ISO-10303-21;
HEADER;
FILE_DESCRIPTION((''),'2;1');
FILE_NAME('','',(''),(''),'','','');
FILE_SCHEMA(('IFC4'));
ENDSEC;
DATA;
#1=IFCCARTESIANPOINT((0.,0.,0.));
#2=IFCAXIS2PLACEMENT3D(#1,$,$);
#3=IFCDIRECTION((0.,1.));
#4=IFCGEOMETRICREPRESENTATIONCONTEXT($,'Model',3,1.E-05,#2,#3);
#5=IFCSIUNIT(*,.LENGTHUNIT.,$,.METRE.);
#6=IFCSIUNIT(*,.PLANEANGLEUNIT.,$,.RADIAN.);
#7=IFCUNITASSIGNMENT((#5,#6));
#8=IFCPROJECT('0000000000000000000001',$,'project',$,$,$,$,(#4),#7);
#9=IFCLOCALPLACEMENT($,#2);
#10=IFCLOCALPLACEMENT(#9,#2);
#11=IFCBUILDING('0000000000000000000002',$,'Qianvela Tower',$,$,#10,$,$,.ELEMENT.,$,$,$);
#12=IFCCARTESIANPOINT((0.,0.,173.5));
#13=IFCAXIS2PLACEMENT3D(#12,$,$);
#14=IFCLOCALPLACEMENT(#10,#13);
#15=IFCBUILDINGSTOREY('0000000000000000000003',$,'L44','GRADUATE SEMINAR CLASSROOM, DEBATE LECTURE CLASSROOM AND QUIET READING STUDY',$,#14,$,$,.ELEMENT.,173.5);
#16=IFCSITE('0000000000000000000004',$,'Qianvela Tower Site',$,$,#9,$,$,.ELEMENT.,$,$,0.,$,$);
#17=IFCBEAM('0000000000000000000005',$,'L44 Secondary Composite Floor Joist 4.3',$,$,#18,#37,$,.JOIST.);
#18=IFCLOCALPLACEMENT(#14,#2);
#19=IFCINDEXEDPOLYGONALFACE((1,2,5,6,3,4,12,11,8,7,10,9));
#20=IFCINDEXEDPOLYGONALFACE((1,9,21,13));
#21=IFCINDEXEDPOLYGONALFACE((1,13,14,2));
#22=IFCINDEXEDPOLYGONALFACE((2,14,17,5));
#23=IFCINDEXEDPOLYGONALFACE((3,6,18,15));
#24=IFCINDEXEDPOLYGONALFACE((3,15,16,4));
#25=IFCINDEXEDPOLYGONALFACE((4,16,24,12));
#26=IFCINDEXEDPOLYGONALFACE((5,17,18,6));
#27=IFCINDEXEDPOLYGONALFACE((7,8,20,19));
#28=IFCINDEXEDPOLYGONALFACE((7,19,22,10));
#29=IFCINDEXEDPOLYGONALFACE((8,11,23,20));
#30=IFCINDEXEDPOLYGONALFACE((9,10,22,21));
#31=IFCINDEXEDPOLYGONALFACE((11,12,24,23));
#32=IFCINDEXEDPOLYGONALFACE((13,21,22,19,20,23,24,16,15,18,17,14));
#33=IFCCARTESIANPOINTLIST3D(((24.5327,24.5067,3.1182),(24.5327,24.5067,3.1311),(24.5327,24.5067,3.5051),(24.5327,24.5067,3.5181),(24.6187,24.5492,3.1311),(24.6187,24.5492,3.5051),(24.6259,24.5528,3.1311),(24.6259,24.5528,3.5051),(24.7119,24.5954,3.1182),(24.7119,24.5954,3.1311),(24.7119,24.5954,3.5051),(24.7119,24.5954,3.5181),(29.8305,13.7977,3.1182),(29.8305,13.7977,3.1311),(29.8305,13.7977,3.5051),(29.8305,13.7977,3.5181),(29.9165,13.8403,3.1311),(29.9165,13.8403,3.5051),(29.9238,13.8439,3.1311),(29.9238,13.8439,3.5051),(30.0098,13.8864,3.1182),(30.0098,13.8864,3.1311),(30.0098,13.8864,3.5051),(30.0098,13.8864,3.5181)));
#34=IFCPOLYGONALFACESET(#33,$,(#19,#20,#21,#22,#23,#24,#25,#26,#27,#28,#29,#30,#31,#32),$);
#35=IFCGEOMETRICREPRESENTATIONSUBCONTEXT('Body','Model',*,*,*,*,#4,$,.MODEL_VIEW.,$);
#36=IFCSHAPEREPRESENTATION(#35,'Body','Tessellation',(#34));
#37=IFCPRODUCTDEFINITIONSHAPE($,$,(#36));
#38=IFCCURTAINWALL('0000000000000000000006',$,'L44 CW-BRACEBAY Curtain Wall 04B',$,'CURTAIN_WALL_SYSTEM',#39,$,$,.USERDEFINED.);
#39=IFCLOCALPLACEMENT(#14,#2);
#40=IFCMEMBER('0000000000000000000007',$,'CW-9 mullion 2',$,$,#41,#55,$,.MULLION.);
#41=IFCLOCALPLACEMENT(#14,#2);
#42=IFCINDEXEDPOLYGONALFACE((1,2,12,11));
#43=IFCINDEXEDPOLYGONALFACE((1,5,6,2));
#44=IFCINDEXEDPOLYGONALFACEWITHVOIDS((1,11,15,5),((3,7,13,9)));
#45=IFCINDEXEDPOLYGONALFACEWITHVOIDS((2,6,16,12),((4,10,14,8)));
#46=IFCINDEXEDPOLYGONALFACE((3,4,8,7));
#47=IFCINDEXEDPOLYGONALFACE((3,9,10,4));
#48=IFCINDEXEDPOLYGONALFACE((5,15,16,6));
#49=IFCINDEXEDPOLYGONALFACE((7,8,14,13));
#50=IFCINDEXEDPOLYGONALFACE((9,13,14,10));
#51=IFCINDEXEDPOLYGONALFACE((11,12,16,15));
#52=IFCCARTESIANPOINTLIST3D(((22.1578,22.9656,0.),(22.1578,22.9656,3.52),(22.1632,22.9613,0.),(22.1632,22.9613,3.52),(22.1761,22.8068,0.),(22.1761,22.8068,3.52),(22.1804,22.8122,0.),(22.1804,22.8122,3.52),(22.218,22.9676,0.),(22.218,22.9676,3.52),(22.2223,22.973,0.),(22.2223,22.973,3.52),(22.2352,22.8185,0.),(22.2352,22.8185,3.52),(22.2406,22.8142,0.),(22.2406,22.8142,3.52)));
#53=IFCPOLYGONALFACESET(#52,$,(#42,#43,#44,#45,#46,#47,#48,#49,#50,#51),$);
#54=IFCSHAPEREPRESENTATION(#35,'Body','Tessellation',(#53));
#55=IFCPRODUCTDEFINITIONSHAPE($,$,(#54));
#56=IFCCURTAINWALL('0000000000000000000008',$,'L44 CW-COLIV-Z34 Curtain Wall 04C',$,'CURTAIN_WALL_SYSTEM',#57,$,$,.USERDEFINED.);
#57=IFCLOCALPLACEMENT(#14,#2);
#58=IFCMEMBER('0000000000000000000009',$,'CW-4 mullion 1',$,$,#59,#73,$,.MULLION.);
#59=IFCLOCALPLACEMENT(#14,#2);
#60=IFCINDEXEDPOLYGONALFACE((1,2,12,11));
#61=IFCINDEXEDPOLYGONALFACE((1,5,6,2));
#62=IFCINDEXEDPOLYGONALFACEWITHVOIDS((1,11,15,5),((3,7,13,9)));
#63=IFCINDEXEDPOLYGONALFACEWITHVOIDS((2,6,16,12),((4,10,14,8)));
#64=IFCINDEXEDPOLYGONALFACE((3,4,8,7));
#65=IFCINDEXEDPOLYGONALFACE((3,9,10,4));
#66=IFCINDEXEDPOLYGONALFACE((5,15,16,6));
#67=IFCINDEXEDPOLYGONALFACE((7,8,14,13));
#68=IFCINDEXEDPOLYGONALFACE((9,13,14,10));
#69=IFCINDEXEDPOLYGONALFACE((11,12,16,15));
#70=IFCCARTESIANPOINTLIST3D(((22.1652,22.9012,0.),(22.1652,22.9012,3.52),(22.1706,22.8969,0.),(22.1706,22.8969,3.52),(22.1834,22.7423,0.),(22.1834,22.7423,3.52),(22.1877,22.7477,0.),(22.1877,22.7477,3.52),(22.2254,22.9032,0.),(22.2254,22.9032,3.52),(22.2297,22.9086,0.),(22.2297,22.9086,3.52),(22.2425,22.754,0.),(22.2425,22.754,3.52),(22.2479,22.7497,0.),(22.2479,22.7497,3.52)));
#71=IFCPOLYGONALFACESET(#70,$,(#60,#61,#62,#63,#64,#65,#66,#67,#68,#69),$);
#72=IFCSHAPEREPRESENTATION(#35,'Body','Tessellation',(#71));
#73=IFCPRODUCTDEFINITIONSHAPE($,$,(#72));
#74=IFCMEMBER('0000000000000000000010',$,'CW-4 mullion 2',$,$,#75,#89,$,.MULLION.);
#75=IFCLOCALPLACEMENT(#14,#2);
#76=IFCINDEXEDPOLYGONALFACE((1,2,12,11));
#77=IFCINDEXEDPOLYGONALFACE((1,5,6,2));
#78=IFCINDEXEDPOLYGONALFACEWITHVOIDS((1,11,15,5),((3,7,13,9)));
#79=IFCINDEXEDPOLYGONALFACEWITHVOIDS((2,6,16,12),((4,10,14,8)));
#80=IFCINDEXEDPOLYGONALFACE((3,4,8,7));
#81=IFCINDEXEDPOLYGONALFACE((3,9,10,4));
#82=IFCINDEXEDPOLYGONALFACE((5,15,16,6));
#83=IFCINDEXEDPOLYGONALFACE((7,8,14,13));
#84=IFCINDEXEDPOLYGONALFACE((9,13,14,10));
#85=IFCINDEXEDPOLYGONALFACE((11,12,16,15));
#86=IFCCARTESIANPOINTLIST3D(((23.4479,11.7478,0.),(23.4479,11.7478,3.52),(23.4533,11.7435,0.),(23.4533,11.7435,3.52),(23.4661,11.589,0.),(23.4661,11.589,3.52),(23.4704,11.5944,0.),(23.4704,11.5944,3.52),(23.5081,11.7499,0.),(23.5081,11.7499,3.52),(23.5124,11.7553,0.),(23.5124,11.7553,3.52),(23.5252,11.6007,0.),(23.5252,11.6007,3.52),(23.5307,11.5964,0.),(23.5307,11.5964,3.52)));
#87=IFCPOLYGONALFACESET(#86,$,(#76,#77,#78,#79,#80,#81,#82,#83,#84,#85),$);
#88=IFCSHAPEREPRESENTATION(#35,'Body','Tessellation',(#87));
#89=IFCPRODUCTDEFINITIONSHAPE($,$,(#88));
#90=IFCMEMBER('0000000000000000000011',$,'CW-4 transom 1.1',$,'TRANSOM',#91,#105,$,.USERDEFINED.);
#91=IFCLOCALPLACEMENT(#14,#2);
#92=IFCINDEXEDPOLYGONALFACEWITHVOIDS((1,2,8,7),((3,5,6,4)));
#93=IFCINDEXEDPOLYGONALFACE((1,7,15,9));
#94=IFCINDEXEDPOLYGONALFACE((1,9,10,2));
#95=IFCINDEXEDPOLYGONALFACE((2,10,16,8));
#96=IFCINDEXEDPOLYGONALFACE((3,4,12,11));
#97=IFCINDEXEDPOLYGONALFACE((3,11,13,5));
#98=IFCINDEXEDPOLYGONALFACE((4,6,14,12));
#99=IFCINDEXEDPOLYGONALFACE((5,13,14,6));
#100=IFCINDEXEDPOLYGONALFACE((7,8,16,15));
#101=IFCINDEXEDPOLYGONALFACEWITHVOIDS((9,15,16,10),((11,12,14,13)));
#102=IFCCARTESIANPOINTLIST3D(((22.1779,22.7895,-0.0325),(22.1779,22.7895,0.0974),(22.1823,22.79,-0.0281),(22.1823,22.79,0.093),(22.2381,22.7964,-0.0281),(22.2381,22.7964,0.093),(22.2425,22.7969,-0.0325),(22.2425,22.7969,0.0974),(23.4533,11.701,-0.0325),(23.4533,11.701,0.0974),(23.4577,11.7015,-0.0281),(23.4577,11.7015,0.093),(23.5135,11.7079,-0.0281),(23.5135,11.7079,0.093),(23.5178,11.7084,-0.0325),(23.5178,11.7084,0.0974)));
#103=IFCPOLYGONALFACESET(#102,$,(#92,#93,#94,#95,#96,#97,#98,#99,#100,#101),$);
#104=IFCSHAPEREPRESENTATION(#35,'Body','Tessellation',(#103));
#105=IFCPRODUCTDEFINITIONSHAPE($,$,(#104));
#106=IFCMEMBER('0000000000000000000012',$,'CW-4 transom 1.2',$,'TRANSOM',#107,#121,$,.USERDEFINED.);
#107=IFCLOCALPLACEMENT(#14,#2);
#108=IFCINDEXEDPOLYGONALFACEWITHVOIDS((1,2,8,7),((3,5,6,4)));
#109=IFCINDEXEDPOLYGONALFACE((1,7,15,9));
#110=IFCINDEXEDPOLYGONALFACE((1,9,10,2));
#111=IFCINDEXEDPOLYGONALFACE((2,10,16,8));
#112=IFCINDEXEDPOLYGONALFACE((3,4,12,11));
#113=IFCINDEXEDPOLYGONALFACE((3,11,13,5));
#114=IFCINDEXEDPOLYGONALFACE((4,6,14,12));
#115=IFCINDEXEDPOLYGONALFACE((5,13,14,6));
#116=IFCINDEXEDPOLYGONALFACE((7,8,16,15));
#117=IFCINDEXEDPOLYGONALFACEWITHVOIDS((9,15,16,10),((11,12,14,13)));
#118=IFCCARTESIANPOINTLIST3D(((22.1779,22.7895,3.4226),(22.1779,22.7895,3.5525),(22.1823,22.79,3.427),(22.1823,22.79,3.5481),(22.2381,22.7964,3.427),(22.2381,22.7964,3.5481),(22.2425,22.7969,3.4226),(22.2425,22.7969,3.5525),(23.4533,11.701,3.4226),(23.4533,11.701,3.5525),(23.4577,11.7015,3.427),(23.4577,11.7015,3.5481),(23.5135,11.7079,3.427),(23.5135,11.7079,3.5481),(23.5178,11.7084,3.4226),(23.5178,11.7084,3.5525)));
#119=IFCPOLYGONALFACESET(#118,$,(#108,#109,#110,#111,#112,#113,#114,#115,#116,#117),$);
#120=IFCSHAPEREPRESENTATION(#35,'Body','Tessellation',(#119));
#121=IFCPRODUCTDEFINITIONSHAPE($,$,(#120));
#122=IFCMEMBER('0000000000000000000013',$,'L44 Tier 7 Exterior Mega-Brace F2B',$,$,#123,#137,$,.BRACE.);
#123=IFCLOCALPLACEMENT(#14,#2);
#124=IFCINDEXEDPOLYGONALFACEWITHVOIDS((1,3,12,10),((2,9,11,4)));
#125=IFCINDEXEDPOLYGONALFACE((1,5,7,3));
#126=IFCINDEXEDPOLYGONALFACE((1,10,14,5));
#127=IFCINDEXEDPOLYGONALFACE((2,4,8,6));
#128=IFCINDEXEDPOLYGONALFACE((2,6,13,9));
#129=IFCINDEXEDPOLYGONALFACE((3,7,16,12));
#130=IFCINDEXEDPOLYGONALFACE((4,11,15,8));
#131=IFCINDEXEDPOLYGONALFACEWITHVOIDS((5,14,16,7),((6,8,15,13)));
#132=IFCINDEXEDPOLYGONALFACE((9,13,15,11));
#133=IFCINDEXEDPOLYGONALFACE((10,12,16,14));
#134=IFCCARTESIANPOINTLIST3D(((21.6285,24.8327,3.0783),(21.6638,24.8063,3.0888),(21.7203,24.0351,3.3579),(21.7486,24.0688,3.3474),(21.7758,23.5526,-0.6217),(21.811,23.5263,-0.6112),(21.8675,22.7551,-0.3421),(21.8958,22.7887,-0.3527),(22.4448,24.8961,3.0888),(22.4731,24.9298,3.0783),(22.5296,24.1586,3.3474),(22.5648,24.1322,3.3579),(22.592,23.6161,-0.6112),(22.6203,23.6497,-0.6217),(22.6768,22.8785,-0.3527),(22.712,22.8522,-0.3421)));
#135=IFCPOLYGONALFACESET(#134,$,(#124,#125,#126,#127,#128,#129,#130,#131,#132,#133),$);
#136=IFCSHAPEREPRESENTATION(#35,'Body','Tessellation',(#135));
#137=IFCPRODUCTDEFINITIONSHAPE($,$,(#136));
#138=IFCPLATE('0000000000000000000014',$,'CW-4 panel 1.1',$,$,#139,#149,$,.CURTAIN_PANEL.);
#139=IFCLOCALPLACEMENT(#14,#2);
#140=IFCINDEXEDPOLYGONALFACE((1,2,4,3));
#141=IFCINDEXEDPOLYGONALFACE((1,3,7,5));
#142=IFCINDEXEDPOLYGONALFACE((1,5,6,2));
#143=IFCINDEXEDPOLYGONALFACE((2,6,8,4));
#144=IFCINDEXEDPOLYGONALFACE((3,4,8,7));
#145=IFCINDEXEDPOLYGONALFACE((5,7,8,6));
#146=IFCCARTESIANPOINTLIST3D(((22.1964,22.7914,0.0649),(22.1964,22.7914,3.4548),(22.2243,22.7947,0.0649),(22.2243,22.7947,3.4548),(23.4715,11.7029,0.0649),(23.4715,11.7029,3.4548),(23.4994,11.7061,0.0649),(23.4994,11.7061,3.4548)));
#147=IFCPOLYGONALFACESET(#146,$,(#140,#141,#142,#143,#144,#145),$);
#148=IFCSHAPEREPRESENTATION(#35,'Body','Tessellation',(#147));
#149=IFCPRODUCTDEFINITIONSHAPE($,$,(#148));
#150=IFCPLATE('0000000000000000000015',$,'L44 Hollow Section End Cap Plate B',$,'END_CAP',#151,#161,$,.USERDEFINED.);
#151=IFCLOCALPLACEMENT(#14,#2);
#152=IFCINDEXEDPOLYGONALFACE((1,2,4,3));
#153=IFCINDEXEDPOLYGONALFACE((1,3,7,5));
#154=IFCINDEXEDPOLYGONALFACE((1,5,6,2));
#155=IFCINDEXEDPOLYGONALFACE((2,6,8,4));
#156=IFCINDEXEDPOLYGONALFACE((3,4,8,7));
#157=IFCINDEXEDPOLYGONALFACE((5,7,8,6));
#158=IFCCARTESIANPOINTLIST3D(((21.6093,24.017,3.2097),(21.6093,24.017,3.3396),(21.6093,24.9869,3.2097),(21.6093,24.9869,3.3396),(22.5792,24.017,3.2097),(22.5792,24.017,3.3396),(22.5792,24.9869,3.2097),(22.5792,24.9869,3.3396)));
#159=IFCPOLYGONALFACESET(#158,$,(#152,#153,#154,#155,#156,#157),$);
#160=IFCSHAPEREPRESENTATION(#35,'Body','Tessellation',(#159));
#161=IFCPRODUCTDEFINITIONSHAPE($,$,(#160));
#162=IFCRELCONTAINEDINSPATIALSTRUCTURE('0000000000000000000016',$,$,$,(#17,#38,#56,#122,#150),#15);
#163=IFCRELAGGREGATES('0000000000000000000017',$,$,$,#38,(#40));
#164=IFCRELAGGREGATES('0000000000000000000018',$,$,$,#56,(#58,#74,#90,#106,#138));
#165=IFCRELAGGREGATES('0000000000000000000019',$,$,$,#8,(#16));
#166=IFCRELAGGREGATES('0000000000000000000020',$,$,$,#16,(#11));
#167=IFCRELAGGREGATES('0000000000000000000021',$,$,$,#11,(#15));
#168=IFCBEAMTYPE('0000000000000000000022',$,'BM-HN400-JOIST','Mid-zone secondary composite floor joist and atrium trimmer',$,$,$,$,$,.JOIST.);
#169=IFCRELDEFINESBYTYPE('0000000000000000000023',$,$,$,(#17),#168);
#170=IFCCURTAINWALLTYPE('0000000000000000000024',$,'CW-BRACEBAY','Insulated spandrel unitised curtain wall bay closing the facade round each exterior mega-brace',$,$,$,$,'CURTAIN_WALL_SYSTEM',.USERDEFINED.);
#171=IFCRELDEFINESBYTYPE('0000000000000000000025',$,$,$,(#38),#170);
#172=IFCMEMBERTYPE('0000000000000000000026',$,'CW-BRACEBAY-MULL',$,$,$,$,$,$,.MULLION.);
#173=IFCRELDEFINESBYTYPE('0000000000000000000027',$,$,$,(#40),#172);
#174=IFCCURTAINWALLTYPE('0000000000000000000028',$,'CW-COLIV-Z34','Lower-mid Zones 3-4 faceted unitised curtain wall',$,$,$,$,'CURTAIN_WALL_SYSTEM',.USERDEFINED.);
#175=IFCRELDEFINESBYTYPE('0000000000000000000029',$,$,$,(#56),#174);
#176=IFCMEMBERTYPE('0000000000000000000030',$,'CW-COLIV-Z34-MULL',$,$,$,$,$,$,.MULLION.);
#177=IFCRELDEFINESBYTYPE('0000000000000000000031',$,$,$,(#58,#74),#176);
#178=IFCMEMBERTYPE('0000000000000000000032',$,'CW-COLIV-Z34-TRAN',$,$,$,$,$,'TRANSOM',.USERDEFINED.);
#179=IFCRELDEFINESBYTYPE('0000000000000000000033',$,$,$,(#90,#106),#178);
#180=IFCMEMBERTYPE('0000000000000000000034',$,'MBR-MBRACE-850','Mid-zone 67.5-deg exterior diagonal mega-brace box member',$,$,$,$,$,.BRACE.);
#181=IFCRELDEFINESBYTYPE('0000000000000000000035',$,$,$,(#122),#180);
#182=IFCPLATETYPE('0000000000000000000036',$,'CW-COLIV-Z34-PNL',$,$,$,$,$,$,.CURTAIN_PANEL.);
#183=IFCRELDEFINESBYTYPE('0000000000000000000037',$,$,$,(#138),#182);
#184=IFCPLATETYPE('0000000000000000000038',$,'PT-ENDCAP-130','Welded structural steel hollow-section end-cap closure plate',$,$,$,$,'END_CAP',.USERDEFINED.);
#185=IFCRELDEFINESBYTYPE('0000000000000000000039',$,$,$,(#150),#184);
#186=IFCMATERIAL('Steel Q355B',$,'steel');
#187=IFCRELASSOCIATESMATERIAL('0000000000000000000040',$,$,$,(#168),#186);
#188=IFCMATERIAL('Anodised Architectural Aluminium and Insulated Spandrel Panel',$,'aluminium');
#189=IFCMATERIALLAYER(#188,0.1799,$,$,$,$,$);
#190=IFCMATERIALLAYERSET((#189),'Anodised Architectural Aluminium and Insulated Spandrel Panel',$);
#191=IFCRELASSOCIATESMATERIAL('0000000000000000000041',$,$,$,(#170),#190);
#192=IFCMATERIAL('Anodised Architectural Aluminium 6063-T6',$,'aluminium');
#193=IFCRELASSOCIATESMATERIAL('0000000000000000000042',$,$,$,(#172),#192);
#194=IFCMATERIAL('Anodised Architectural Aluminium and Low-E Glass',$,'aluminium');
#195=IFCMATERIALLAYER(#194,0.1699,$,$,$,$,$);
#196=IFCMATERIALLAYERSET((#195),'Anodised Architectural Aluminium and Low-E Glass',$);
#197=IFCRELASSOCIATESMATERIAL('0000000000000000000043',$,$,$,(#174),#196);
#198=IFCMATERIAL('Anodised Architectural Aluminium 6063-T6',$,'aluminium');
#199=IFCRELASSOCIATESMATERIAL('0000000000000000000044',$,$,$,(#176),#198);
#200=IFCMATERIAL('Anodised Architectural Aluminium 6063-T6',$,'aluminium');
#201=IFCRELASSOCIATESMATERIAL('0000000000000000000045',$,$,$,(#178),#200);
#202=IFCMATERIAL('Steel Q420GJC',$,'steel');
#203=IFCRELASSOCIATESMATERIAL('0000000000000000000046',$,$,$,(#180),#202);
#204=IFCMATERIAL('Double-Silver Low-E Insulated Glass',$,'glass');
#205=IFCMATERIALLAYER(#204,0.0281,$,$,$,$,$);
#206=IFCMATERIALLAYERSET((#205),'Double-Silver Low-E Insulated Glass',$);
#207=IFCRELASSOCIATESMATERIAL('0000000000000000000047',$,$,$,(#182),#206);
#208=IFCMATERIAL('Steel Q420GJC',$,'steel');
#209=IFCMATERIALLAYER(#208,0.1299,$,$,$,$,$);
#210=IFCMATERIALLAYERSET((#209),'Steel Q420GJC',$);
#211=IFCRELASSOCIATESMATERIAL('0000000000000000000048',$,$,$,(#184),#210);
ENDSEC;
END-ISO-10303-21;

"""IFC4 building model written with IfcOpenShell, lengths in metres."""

from ifc_helpers import new_model, si_unit, direction, frame, origin, origin_2d, place, context, subcontext, project, spatial, rectangle, hollow_rectangle, i_section, extrude, material, layer, layer_set, material_profile, profile_set, type_object, element, aggregate, save


model = new_model("IFC4")

# Units and contexts
model_context = context("Model", 3, precision=1e-05, world=origin(), true_north=direction((0.0, 1.0)))
body_context = subcontext(model_context, "Body", "Model", "MODEL_VIEW")
ifc_project = project(units=[si_unit("LENGTHUNIT", "METRE"), si_unit("PLANEANGLEUNIT", "RADIAN")], contexts=[model_context])

# Site, building, storey
site_placement = place(None, origin())
site = spatial("IfcSite", under=ifc_project, at=site_placement, Name="Qianvela Tower Site", CompositionType="ELEMENT", RefElevation=0.0)
building_placement = place(site_placement, origin())
building = spatial("IfcBuilding", under=site, at=building_placement, Name="Qianvela Tower", CompositionType="ELEMENT")
storey_placement = place(building_placement, frame((0.0, 0.0, 173.5)))
storey = spatial("IfcBuildingStorey", under=building, at=storey_placement, Name="L44", Description="GRADUATE SEMINAR CLASSROOM, DEBATE LECTURE CLASSROOM AND QUIET READING STUDY", CompositionType="ELEMENT", Elevation=173.5)

# Beam
ifc_material_1 = material(Name="Steel Q355B", Category="steel")
ifc_material_profile_1 = material_profile(ifc_material_1, i_section(OverallWidth=0.2, OverallDepth=0.3999, WebThickness=0.0081, FlangeThickness=0.0129, at=origin_2d()), Name="HN400x200x8x13")
ifc_profile_set_1 = profile_set([ifc_material_profile_1], Name="Steel Q355B")
beam_type = type_object("IfcBeamType", Name="BM-HN400-JOIST", Description="Mid-zone secondary composite floor joist and atrium trimmer", PredefinedType="JOIST", material=ifc_profile_set_1)
beam_placement = place(storey_placement, frame((24.6223, 24.551, 3.3181), z_axis=(0.443417, -0.896315, 0.0), x_axis=(0.896315, 0.443417, 0.0)))
element("IfcBeam", 1, at=beam_placement, inside=storey, type_object=beam_type, Name="L44 Secondary Composite Floor Joist 4.3", PredefinedType="JOIST", context=body_context, shape_type="SweptSolid", body=[
    extrude(i_section(OverallWidth=0.2, OverallDepth=0.3999, WebThickness=0.0081, FlangeThickness=0.0129, at=origin_2d()), origin(), (0.0, 0.0, 1.0), 11.9478),
])

# Curtain wall, member
ifc_material_2 = material(Name="Anodised Architectural Aluminium and Insulated Spandrel Panel", Category="aluminium")
ifc_layer_1 = layer(ifc_material_2, 0.1799)
ifc_layer_set_1 = layer_set([ifc_layer_1], Name="Anodised Architectural Aluminium and Insulated Spandrel Panel")
curtain_wall_type_1 = type_object("IfcCurtainWallType", Name="CW-BRACEBAY", Description="Insulated spandrel unitised curtain wall bay closing the facade round each exterior mega-brace", ElementType="CURTAIN_WALL_SYSTEM", PredefinedType="USERDEFINED", material=ifc_layer_set_1)
curtain_wall_1_placement = place(storey_placement, origin())
curtain_wall_1 = element("IfcCurtainWall", 2, at=curtain_wall_1_placement, inside=storey, type_object=curtain_wall_type_1, Name="L44 CW-BRACEBAY Curtain Wall 04B", ObjectType="CURTAIN_WALL_SYSTEM", PredefinedType="USERDEFINED")
ifc_material_3 = material(Name="Anodised Architectural Aluminium 6063-T6", Category="aluminium")
ifc_material_profile_2 = material_profile(ifc_material_3, hollow_rectangle(XDim=0.0649, YDim=0.1599, WallThickness=0.0049, at=origin_2d()), Name="ALU-MULL-65x160")
ifc_profile_set_2 = profile_set([ifc_material_profile_2], Name="Anodised Architectural Aluminium 6063-T6")
member_type_1 = type_object("IfcMemberType", Name="CW-BRACEBAY-MULL", PredefinedType="MULLION", material=ifc_profile_set_2)
member_1_placement = place(storey_placement, frame((22.1992, 22.8899, 0.0), z_axis=(0.0, 0.0, 1.0), x_axis=(0.993453, 0.114244, 0.0)))
member_1 = element("IfcMember", 3, at=member_1_placement, type_object=member_type_1, Name="CW-9 mullion 2", PredefinedType="MULLION", context=body_context, shape_type="SweptSolid", body=[
    extrude(hollow_rectangle(XDim=0.0649, YDim=0.1599, WallThickness=0.0049, at=origin_2d()), origin(), (0.0, 0.0, 1.0), 3.52),
])
aggregate(curtain_wall_1, [member_1])

# Curtain wall, members
ifc_material_4 = material(Name="Anodised Architectural Aluminium and Low-E Glass", Category="aluminium")
ifc_layer_2 = layer(ifc_material_4, 0.1699)
ifc_layer_set_2 = layer_set([ifc_layer_2], Name="Anodised Architectural Aluminium and Low-E Glass")
curtain_wall_type_2 = type_object("IfcCurtainWallType", Name="CW-COLIV-Z34", Description="Lower-mid Zones 3-4 faceted unitised curtain wall", ElementType="CURTAIN_WALL_SYSTEM", PredefinedType="USERDEFINED", material=ifc_layer_set_2)
curtain_wall_2_placement = place(storey_placement, origin())
curtain_wall_2 = element("IfcCurtainWall", 4, at=curtain_wall_2_placement, inside=storey, type_object=curtain_wall_type_2, Name="L44 CW-COLIV-Z34 Curtain Wall 04C", ObjectType="CURTAIN_WALL_SYSTEM", PredefinedType="USERDEFINED")
ifc_material_5 = material(Name="Anodised Architectural Aluminium 6063-T6", Category="aluminium")
ifc_material_profile_3 = material_profile(ifc_material_5, hollow_rectangle(XDim=0.0649, YDim=0.1599, WallThickness=0.0049, at=origin_2d()), Name="ALU-MULL-65x160")
ifc_profile_set_3 = profile_set([ifc_material_profile_3], Name="Anodised Architectural Aluminium 6063-T6")
member_type_2 = type_object("IfcMemberType", Name="CW-COLIV-Z34-MULL", PredefinedType="MULLION", material=ifc_profile_set_3)
member_2_placement = place(storey_placement, frame((22.2065, 22.8254, 0.0), z_axis=(0.0, 0.0, 1.0), x_axis=(0.993453, 0.114243, 0.0)))
member_2 = element("IfcMember", 5, at=member_2_placement, type_object=member_type_2, Name="CW-4 mullion 1", PredefinedType="MULLION", context=body_context, shape_type="SweptSolid", body=[
    extrude(hollow_rectangle(XDim=0.0649, YDim=0.1599, WallThickness=0.0049, at=origin_2d()), origin(), (0.0, 0.0, 1.0), 3.52),
])
member_3_placement = place(storey_placement, frame((23.4893, 11.6721, 0.0), z_axis=(0.0, 0.0, 1.0), x_axis=(0.993453, 0.114243, 0.0)))
member_3 = element("IfcMember", 6, at=member_3_placement, type_object=member_type_2, Name="CW-4 mullion 2", PredefinedType="MULLION", context=body_context, shape_type="SweptSolid", body=[
    extrude(hollow_rectangle(XDim=0.0649, YDim=0.1599, WallThickness=0.0049, at=origin_2d()), origin(), (0.0, 0.0, 1.0), 3.52),
])
ifc_material_6 = material(Name="Anodised Architectural Aluminium 6063-T6", Category="aluminium")
ifc_material_profile_4 = material_profile(ifc_material_6, hollow_rectangle(XDim=0.0649, YDim=0.1299, WallThickness=0.0044, at=origin_2d()), Name="ALU-TRAN-65x130")
ifc_profile_set_4 = profile_set([ifc_material_profile_4], Name="Anodised Architectural Aluminium 6063-T6")
member_type_3 = type_object("IfcMemberType", Name="CW-COLIV-Z34-TRAN", ElementType="TRANSOM", PredefinedType="USERDEFINED", material=ifc_profile_set_4)
member_4_placement = place(storey_placement, frame((22.2102, 22.7932, 0.0325), z_axis=(0.114265, -0.99345, 0.0), x_axis=(0.99345, 0.114265, 0.0)))
member_4 = element("IfcMember", 7, at=member_4_placement, type_object=member_type_3, Name="CW-4 transom 1.1", ObjectType="TRANSOM", PredefinedType="USERDEFINED", context=body_context, shape_type="SweptSolid", body=[
    extrude(hollow_rectangle(XDim=0.0649, YDim=0.1299, WallThickness=0.0044, at=origin_2d()), origin(), (0.0, 0.0, 1.0), 11.1616),
])
member_5_placement = place(storey_placement, frame((22.2102, 22.7932, 3.4875), z_axis=(0.114265, -0.99345, 0.0), x_axis=(0.99345, 0.114265, 0.0)))
member_5 = element("IfcMember", 8, at=member_5_placement, type_object=member_type_3, Name="CW-4 transom 1.2", ObjectType="TRANSOM", PredefinedType="USERDEFINED", context=body_context, shape_type="SweptSolid", body=[
    extrude(hollow_rectangle(XDim=0.0649, YDim=0.1299, WallThickness=0.0044, at=origin_2d()), origin(), (0.0, 0.0, 1.0), 11.1616),
])

# Member
ifc_material_7 = material(Name="Steel Q420GJC", Category="steel")
ifc_material_profile_5 = material_profile(ifc_material_7, hollow_rectangle(XDim=0.8501, YDim=0.8501, WallThickness=0.032, at=origin_2d()), Name="MBOX-850x850x32")
ifc_profile_set_5 = profile_set([ifc_material_profile_5], Name="Steel Q420GJC")
member_type_4 = type_object("IfcMemberType", Name="MBR-MBRACE-850", Description="Mid-zone 67.5-deg exterior diagonal mega-brace box member", PredefinedType="BRACE", material=ifc_profile_set_5)
member_6_placement = place(storey_placement, frame((22.2439, 23.2024, -0.4819), z_axis=(-0.037576, 0.326715, 0.944376), x_axis=(-0.993451, -0.114257, 0.0)))
element("IfcMember", 9, at=member_6_placement, inside=storey, type_object=member_type_4, Name="L44 Tier 7 Exterior Mega-Brace F2B", PredefinedType="BRACE", context=body_context, shape_type="SweptSolid", body=[
    extrude(hollow_rectangle(XDim=0.8501, YDim=0.8501, WallThickness=0.032, at=origin_2d()), origin(), (0.0, 0.0, 1.0), 3.918),
])

# Plates
ifc_material_8 = material(Name="Double-Silver Low-E Insulated Glass", Category="glass")
ifc_layer_3 = layer(ifc_material_8, 0.0281)
ifc_layer_set_3 = layer_set([ifc_layer_3], Name="Double-Silver Low-E Insulated Glass")
plate_type_1 = type_object("IfcPlateType", Name="CW-COLIV-Z34-PNL", PredefinedType="CURTAIN_PANEL", material=ifc_layer_set_3)
plate_1_placement = place(storey_placement, frame((22.8479, 17.2488, 0.0649), z_axis=(0.0, 0.0, 1.0), x_axis=(0.114243, -0.993453, 0.0)))
plate_1 = element("IfcPlate", 10, at=plate_1_placement, type_object=plate_type_1, Name="CW-4 panel 1.1", PredefinedType="CURTAIN_PANEL", context=body_context, shape_type="SweptSolid", body=[
    extrude(rectangle(XDim=11.1616, YDim=0.0281, at=origin_2d()), origin(), (0.0, 0.0, 1.0), 3.3899),
])
aggregate(curtain_wall_2, [member_2, member_3, member_4, member_5, plate_1])
ifc_material_9 = material(Name="Steel Q420GJC", Category="steel")
ifc_layer_4 = layer(ifc_material_9, 0.1299)
ifc_layer_set_4 = layer_set([ifc_layer_4], Name="Steel Q420GJC")
plate_type_2 = type_object("IfcPlateType", Name="PT-ENDCAP-130", Description="Welded structural steel hollow-section end-cap closure plate", ElementType="END_CAP", PredefinedType="USERDEFINED", material=ifc_layer_set_4)
plate_2_placement = place(storey_placement, frame((22.0942, 24.502, 3.2097), z_axis=(0.0, 0.0, 1.0), x_axis=(1.0, 0.0, 0.0)))
element("IfcPlate", 11, at=plate_2_placement, inside=storey, type_object=plate_type_2, Name="L44 Hollow Section End Cap Plate B", ObjectType="END_CAP", PredefinedType="USERDEFINED", context=body_context, shape_type="SweptSolid", body=[
    extrude(rectangle(XDim=0.97, YDim=0.97, at=origin_2d()), origin(), (0.0, 0.0, 1.0), 0.1299),
])

save(model, "model.ifc")
